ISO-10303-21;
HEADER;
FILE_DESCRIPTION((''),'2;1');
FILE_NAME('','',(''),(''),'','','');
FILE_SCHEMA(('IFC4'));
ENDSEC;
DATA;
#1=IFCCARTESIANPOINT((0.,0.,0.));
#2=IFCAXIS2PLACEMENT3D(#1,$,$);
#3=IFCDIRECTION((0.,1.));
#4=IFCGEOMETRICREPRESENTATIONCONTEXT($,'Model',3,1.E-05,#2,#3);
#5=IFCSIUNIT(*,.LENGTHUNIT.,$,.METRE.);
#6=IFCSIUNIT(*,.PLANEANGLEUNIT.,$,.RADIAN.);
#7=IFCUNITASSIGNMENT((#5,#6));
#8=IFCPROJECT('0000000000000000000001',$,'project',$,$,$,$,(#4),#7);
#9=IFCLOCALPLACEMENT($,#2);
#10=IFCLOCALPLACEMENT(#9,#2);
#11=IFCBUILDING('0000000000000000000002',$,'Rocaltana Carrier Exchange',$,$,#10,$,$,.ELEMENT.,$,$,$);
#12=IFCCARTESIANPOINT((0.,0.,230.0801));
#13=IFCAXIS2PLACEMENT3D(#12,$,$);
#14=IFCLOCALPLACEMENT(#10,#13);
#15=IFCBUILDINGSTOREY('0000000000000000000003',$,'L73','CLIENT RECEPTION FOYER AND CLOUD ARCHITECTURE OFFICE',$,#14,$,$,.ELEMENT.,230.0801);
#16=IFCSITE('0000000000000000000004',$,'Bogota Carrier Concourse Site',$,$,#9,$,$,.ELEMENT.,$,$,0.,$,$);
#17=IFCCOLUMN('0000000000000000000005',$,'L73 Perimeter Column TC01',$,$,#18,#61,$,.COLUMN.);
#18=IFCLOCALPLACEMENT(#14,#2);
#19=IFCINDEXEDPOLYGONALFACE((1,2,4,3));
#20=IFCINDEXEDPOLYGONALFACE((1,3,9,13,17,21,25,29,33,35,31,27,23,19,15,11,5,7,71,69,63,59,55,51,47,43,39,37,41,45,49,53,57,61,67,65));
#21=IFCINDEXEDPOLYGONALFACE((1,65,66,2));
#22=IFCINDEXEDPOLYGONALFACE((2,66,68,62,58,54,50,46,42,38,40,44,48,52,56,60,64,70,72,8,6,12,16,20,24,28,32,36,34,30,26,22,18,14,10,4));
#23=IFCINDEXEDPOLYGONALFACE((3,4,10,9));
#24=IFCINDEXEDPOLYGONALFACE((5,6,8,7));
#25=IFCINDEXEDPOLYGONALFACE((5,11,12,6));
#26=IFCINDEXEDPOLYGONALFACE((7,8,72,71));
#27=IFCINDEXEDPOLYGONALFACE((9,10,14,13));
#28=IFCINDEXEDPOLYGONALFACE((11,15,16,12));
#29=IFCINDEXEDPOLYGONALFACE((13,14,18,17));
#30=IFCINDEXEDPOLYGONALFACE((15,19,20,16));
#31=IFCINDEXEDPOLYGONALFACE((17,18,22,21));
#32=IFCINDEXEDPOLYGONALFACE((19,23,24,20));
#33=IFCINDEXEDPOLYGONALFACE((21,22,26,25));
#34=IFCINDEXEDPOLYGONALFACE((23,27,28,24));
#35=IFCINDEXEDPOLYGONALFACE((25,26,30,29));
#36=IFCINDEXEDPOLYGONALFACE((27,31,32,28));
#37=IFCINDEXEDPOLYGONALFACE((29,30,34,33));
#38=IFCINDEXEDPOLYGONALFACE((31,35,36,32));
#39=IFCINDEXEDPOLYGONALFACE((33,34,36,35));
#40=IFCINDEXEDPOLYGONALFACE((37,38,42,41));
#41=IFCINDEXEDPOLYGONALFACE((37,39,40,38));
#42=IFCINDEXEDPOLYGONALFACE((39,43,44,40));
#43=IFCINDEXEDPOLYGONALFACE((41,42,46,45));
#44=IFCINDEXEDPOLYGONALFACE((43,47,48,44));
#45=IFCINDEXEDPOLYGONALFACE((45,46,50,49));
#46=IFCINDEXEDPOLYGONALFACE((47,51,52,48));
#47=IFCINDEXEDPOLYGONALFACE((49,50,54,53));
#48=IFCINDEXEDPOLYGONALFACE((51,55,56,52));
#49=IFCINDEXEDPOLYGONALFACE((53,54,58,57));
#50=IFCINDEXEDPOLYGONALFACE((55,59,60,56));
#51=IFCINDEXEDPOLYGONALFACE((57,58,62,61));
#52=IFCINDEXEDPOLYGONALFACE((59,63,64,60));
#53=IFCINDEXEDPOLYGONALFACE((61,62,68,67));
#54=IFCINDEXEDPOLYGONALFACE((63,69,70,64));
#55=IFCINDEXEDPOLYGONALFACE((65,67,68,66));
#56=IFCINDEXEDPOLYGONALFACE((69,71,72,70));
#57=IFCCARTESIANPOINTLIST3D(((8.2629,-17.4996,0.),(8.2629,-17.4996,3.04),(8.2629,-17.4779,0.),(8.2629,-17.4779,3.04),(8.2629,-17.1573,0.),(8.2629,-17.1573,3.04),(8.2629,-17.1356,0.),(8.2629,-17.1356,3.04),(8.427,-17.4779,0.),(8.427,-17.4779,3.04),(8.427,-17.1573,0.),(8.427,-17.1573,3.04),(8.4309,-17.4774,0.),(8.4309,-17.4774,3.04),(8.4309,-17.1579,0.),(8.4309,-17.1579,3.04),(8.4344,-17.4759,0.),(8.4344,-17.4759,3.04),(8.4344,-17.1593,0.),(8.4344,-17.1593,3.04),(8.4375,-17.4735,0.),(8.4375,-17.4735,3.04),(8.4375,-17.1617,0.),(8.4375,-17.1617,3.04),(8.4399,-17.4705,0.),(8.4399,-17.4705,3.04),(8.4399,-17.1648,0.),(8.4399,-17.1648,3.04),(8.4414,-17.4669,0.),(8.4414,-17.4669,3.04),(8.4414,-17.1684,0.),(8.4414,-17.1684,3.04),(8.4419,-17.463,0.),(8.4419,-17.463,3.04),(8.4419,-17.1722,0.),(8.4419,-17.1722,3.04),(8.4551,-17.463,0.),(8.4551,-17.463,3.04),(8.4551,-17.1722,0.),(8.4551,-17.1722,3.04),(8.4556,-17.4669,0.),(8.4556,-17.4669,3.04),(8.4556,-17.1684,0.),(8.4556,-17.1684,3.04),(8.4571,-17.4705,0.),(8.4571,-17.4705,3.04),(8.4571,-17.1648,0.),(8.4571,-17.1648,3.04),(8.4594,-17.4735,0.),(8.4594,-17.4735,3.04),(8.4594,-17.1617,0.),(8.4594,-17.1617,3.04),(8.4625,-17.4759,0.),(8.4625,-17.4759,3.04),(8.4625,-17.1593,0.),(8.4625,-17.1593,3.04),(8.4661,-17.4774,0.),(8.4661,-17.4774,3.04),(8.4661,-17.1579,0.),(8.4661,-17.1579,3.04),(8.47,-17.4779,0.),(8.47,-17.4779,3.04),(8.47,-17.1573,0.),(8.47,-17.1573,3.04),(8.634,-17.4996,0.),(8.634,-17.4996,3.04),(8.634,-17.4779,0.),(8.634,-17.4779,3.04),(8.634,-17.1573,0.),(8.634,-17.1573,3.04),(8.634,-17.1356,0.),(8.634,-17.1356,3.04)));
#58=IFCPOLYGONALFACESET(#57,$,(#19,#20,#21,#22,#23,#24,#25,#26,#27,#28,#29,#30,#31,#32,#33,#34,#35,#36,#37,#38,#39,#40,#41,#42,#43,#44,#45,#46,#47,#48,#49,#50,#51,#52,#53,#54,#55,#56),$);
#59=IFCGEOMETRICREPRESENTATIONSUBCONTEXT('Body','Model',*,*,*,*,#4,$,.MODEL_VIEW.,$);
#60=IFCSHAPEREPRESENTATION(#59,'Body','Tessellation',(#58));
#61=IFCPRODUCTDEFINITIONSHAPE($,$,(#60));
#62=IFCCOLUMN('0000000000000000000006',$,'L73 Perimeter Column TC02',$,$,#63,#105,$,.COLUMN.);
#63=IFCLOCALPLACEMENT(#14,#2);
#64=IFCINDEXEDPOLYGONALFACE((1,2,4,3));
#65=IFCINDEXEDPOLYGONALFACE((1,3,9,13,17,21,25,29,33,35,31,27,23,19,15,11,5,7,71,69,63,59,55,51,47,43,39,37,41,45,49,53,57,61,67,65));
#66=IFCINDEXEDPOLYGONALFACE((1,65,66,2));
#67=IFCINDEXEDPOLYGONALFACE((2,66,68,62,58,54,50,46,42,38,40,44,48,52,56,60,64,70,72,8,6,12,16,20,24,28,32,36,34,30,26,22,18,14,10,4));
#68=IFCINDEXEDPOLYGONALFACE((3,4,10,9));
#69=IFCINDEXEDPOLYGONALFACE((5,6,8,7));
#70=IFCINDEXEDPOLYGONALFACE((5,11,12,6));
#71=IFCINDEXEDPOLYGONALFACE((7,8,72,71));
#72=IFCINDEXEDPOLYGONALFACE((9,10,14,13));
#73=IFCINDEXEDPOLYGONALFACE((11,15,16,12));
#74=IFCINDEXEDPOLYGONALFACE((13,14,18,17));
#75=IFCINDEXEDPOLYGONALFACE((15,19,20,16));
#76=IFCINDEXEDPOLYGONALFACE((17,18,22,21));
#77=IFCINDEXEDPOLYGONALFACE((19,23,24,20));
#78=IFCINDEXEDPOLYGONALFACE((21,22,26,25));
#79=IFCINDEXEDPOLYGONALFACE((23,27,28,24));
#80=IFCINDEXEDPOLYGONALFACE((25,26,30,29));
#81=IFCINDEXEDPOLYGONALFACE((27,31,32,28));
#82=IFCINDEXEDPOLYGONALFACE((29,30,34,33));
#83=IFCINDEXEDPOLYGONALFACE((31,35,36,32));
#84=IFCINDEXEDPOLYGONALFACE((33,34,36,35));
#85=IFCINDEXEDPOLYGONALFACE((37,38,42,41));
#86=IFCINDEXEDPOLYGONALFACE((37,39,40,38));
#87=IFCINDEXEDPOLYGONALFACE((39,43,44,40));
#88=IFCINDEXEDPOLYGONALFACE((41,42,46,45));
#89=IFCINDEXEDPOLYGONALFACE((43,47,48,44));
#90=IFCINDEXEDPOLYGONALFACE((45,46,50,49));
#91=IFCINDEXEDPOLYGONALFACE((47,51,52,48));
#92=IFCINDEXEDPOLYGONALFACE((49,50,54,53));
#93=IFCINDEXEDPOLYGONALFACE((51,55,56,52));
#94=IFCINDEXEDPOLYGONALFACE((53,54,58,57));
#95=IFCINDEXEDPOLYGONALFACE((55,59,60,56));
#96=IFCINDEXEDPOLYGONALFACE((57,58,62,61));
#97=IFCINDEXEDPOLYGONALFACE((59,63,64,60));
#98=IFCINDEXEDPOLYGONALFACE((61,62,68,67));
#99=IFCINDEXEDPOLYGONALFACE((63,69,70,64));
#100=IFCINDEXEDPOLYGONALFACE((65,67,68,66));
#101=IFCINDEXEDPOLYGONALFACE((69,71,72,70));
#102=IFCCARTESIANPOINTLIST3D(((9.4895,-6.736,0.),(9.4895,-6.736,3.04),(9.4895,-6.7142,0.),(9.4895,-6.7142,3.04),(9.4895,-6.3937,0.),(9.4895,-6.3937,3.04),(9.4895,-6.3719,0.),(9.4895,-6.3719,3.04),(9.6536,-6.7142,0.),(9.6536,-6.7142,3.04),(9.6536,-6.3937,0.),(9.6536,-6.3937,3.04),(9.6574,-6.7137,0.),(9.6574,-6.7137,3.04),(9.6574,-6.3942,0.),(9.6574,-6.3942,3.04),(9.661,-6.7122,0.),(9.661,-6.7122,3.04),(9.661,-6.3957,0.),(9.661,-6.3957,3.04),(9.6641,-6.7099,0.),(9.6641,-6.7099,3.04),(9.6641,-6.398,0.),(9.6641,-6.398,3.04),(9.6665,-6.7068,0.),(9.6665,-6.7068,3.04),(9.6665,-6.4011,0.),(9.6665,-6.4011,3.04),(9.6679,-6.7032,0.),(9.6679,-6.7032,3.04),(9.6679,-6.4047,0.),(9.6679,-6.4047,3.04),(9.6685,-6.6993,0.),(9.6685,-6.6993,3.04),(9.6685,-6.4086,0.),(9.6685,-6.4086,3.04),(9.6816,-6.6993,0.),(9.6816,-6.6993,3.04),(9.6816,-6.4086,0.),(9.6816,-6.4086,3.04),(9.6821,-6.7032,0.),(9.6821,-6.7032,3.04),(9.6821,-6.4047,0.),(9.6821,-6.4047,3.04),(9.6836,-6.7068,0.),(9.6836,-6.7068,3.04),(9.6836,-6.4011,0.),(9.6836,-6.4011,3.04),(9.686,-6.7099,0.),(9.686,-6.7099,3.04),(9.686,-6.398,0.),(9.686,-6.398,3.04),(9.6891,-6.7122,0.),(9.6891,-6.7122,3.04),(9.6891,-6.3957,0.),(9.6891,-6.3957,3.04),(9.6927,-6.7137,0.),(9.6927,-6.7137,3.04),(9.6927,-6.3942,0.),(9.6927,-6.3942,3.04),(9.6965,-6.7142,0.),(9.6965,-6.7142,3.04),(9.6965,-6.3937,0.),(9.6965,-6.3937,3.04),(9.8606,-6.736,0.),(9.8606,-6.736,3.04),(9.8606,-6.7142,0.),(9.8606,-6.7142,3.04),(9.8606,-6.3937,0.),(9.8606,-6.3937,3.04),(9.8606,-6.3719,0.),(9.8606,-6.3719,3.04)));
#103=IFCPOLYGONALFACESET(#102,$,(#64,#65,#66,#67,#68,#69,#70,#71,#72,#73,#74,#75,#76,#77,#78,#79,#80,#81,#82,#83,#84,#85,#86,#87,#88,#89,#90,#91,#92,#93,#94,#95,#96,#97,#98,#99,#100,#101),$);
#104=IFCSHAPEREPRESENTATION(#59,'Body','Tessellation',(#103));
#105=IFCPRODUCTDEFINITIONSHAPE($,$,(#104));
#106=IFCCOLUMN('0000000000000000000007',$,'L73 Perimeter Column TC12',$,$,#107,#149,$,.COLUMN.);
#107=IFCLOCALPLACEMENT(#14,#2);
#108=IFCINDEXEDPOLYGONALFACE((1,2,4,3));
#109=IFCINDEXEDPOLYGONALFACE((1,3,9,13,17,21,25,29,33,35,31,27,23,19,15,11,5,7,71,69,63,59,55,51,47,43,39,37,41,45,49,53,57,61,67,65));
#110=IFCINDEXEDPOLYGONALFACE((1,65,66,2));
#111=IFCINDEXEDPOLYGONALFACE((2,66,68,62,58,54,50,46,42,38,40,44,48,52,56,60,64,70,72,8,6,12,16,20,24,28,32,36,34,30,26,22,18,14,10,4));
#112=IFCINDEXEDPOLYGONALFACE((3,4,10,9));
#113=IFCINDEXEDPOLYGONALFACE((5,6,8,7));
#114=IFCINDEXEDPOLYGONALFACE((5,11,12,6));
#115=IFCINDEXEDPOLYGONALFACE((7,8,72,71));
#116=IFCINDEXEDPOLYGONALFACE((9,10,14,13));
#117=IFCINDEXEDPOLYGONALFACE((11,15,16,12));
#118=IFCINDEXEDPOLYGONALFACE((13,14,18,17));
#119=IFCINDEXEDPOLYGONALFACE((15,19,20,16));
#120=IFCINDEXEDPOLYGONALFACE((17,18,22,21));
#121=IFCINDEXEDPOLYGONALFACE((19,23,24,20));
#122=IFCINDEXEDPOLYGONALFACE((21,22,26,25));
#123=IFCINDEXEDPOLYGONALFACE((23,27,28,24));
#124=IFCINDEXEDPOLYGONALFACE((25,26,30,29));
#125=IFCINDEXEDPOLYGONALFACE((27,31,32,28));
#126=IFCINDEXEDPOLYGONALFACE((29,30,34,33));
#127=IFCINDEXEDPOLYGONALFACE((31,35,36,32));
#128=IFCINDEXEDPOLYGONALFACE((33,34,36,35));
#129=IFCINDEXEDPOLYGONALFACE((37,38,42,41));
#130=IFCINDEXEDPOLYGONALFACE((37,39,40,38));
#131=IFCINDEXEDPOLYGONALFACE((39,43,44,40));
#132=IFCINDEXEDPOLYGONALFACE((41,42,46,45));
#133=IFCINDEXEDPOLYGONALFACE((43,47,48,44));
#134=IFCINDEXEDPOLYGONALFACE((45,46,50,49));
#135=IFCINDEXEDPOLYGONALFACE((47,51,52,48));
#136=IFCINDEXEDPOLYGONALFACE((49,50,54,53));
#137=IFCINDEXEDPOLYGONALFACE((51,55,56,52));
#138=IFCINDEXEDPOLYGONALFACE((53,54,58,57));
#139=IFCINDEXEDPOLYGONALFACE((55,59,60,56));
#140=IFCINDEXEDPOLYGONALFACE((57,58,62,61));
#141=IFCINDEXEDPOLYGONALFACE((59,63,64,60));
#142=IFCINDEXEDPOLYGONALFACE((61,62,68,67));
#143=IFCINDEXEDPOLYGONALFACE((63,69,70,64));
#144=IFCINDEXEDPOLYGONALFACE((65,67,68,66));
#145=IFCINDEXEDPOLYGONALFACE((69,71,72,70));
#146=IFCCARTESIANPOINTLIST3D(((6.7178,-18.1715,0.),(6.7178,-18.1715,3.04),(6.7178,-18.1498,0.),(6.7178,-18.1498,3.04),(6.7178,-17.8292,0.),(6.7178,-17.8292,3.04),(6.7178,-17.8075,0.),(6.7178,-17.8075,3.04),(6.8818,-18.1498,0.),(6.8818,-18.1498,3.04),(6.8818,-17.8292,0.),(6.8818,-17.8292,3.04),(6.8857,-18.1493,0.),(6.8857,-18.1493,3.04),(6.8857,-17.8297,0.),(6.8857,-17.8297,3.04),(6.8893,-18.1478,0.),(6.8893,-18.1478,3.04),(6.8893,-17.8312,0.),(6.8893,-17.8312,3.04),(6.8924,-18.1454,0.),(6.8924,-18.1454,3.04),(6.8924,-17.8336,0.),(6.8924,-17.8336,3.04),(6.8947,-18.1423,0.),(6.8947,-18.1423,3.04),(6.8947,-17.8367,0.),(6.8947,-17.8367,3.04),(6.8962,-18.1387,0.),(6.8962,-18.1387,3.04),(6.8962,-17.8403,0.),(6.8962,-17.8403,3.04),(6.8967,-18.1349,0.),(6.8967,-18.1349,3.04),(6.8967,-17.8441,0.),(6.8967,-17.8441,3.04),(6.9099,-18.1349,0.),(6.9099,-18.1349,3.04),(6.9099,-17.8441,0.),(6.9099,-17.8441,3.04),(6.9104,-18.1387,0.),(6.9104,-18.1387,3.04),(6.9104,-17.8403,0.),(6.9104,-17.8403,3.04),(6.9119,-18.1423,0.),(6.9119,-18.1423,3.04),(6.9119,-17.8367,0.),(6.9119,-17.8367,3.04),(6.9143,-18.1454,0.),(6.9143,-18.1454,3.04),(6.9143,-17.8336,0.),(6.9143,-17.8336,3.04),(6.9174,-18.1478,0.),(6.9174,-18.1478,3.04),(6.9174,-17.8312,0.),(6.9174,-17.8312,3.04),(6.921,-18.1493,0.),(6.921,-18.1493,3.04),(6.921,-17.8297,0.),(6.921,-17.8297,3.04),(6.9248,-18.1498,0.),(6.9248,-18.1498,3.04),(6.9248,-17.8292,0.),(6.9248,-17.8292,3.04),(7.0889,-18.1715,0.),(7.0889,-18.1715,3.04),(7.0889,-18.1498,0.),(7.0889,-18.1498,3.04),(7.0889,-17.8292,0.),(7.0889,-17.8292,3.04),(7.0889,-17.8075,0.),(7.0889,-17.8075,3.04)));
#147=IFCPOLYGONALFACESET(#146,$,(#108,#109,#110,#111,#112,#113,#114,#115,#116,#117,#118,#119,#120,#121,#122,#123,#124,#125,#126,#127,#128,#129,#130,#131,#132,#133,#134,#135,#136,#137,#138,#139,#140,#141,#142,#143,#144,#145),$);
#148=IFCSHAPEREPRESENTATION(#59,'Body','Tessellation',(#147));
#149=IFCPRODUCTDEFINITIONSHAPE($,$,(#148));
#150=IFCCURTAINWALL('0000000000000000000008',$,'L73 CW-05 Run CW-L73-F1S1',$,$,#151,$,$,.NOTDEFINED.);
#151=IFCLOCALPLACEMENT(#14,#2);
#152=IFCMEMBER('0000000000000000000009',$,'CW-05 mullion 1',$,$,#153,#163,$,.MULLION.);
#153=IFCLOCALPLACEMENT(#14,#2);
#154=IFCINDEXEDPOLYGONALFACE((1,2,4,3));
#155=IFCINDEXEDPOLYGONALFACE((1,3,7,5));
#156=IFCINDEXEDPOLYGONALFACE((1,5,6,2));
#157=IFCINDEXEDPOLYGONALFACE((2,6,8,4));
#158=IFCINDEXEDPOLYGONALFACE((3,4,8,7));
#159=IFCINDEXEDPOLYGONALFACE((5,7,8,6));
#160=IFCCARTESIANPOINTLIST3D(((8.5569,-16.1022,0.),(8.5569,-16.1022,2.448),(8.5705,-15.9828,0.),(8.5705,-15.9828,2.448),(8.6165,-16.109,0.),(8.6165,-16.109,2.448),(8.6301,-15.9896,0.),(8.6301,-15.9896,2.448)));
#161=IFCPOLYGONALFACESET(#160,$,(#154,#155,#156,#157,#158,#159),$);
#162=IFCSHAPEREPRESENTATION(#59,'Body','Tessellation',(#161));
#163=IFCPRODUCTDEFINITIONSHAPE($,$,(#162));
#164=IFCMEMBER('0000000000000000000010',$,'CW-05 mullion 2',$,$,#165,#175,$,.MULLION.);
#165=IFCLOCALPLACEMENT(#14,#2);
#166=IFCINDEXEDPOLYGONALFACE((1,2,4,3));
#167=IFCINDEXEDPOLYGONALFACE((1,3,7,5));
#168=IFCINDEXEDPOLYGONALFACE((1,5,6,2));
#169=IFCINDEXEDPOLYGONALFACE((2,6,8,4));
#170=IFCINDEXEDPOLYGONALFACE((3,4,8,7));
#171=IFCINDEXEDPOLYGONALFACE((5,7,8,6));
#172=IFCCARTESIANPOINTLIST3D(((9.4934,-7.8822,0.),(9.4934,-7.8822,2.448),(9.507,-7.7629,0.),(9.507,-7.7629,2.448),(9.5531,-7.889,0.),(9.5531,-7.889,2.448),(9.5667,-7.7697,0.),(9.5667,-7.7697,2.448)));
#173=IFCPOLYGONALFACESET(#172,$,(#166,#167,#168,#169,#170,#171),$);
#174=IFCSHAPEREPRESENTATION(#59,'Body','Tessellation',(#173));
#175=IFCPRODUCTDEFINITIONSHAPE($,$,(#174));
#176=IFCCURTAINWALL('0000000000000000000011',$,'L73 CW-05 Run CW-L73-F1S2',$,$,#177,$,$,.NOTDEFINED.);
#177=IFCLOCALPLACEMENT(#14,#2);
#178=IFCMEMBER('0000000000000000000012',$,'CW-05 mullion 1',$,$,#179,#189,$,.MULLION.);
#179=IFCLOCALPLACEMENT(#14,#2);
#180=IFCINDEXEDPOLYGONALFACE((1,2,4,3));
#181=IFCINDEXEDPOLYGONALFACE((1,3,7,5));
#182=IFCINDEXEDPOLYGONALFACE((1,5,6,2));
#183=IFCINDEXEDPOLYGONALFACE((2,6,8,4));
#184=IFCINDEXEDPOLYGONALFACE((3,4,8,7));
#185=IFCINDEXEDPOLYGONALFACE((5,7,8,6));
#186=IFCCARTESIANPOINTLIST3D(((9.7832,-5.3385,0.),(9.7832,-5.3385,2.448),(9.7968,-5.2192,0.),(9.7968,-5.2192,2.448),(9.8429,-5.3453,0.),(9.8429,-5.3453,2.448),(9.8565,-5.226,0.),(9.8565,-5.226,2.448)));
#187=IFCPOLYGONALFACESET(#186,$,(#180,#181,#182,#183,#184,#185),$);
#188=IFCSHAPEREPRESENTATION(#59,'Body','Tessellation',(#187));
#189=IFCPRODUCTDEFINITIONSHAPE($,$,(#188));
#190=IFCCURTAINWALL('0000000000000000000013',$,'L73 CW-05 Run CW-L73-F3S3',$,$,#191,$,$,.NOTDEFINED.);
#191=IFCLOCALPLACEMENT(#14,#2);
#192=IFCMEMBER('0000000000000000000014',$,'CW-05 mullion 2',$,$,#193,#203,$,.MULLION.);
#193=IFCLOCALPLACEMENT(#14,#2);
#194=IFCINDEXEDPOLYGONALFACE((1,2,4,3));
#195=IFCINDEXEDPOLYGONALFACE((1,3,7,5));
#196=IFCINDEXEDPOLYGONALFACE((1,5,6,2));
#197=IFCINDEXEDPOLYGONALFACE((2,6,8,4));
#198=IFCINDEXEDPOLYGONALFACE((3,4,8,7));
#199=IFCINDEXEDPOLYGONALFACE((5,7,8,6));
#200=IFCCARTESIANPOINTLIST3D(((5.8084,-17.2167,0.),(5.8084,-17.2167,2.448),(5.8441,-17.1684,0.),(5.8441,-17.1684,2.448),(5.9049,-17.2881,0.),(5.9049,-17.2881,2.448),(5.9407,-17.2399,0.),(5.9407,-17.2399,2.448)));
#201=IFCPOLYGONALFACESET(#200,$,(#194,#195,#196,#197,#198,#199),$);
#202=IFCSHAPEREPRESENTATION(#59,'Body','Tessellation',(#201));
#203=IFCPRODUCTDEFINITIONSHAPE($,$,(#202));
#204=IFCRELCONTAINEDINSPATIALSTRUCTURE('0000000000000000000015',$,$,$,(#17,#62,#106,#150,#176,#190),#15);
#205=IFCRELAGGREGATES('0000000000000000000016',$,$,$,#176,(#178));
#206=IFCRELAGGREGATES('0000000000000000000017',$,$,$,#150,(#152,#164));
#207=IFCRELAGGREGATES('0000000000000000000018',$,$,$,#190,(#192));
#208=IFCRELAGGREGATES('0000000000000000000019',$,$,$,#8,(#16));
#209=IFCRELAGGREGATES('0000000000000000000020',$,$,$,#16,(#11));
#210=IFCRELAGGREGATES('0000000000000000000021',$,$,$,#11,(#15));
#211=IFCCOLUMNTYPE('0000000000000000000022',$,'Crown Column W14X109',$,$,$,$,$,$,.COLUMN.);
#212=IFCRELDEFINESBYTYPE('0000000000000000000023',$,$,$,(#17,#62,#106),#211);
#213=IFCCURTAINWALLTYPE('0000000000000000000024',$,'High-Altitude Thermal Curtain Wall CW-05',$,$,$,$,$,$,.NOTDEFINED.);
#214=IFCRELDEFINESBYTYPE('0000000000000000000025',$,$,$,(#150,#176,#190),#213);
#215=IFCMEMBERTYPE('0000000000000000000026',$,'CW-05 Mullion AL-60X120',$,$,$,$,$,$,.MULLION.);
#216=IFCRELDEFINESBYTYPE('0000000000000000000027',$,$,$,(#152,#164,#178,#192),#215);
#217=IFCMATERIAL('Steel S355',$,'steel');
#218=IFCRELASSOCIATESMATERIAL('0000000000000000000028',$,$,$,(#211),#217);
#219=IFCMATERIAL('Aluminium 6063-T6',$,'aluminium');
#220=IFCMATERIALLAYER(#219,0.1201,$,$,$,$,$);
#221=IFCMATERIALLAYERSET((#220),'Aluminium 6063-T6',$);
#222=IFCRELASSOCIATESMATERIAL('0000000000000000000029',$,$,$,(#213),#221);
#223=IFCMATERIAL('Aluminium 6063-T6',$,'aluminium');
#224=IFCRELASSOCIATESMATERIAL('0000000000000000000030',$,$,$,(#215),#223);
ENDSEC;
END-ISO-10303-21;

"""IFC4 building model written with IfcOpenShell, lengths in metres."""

from ifc_helpers import new_model, si_unit, direction, frame, origin, origin_2d, place, context, subcontext, project, spatial, rectangle, i_section, extrude, material, layer, layer_set, material_profile, profile_set, type_object, element, aggregate, save


model = new_model("IFC4")

# Units and contexts
model_context = context("Model", 3, precision=1e-05, world=origin(), true_north=direction((0.0, 1.0)))
body_context = subcontext(model_context, "Body", "Model", "MODEL_VIEW")
ifc_project = project(units=[si_unit("LENGTHUNIT", "METRE"), si_unit("PLANEANGLEUNIT", "RADIAN")], contexts=[model_context])

# Site, building, storey
site_placement = place(None, origin())
site = spatial("IfcSite", under=ifc_project, at=site_placement, Name="Bogota Carrier Concourse Site", CompositionType="ELEMENT", RefElevation=0.0)
building_placement = place(site_placement, origin())
building = spatial("IfcBuilding", under=site, at=building_placement, Name="Rocaltana Carrier Exchange", CompositionType="ELEMENT")
storey_placement = place(building_placement, frame((0.0, 0.0, 230.0801)))
storey = spatial("IfcBuildingStorey", under=building, at=storey_placement, Name="L73", Description="CLIENT RECEPTION FOYER AND CLOUD ARCHITECTURE OFFICE", CompositionType="ELEMENT", Elevation=230.0801)

# Columns
ifc_material_1 = material(Name="Steel S355", Category="steel")
ifc_material_profile_1 = material_profile(ifc_material_1, i_section(OverallWidth=0.3711, OverallDepth=0.364, WebThickness=0.0132, FlangeThickness=0.0217, FilletRadius=0.0149, at=origin_2d()), Name="W14X109")
ifc_profile_set_1 = profile_set([ifc_material_profile_1], Name="Steel S355")
column_type = type_object("IfcColumnType", Name="Crown Column W14X109", PredefinedType="COLUMN", material=ifc_profile_set_1)
for number, where, z_axis, x_axis, name in (
    (1, (8.4485, -17.3176, 0.0), (0.0, 0.0, 1.0), (1.0, 0.0, 0.0), "L73 Perimeter Column TC01"),
    (2, (9.675, -6.554, 0.0), (0.0, 0.0, 1.0), (1.0, 0.0, 0.0), "L73 Perimeter Column TC02"),
    (3, (6.9033, -17.9895, 0.0), (0.0, 0.0, 1.0), (1.0, 0.0, 0.0), "L73 Perimeter Column TC12"),
):
    element("IfcColumn", number, at=place(storey_placement, frame(where, z_axis=z_axis, x_axis=x_axis)), inside=storey, type_object=column_type, Name=name, PredefinedType="COLUMN", context=body_context, shape_type="SweptSolid", body=[
        extrude(i_section(OverallWidth=0.3711, OverallDepth=0.364, WebThickness=0.0132, FlangeThickness=0.0217, FilletRadius=0.0149, at=origin_2d()), origin(), (0.0, 0.0, 1.0), 3.04),
    ])

# Curtain wall, members
ifc_material_2 = material(Name="Aluminium 6063-T6", Category="aluminium")
ifc_layer_1 = layer(ifc_material_2, 0.1201)
ifc_layer_set_1 = layer_set([ifc_layer_1], Name="Aluminium 6063-T6")
curtain_wall_type = type_object("IfcCurtainWallType", Name="High-Altitude Thermal Curtain Wall CW-05", PredefinedType="NOTDEFINED", material=ifc_layer_set_1)
curtain_wall_1_placement = place(storey_placement, origin())
curtain_wall_1 = element("IfcCurtainWall", 4, at=curtain_wall_1_placement, inside=storey, type_object=curtain_wall_type, Name="L73 CW-05 Run CW-L73-F1S1", PredefinedType="NOTDEFINED")
ifc_material_3 = material(Name="Aluminium 6063-T6", Category="aluminium")
ifc_material_profile_2 = material_profile(ifc_material_3, rectangle(XDim=0.0601, YDim=0.1201, at=origin_2d()), Name="AL-60X120")
ifc_profile_set_2 = profile_set([ifc_material_profile_2], Name="Aluminium 6063-T6")
member_type_1 = type_object("IfcMemberType", Name="CW-05 Mullion AL-60X120", PredefinedType="MULLION", material=ifc_profile_set_2)
member_1_placement = place(storey_placement, frame((8.5935, -16.0459, 0.0), z_axis=(0.0, 0.0, 1.0), x_axis=(-0.993571, 0.113209, 0.0)))
member_1 = element("IfcMember", 5, at=member_1_placement, type_object=member_type_1, Name="CW-05 mullion 1", PredefinedType="MULLION", context=body_context, shape_type="SweptSolid", body=[
    extrude(rectangle(XDim=0.0601, YDim=0.1201, at=origin_2d()), origin(), (0.0, 0.0, 1.0), 2.448),
])
member_2_placement = place(storey_placement, frame((9.53, -7.8259, 0.0), z_axis=(0.0, 0.0, 1.0), x_axis=(-0.993571, 0.113209, 0.0)))
member_2 = element("IfcMember", 6, at=member_2_placement, type_object=member_type_1, Name="CW-05 mullion 2", PredefinedType="MULLION", context=body_context, shape_type="SweptSolid", body=[
    extrude(rectangle(XDim=0.0601, YDim=0.1201, at=origin_2d()), origin(), (0.0, 0.0, 1.0), 2.448),
])

# Curtain walls, members
curtain_wall_2_placement = place(storey_placement, origin())
curtain_wall_2 = element("IfcCurtainWall", 7, at=curtain_wall_2_placement, inside=storey, type_object=curtain_wall_type, Name="L73 CW-05 Run CW-L73-F1S2", PredefinedType="NOTDEFINED")
member_3_placement = place(storey_placement, frame((9.8198, -5.2822, 0.0), z_axis=(0.0, 0.0, 1.0), x_axis=(-0.993571, 0.113209, 0.0)))
member_3 = element("IfcMember", 8, at=member_3_placement, type_object=member_type_1, Name="CW-05 mullion 1", PredefinedType="MULLION", context=body_context, shape_type="SweptSolid", body=[
    extrude(rectangle(XDim=0.0601, YDim=0.1201, at=origin_2d()), origin(), (0.0, 0.0, 1.0), 2.448),
])
aggregate(curtain_wall_2, [member_3])
curtain_wall_3_placement = place(storey_placement, origin())
curtain_wall_3 = element("IfcCurtainWall", 9, at=curtain_wall_3_placement, inside=storey, type_object=curtain_wall_type, Name="L73 CW-05 Run CW-L73-F3S3", PredefinedType="NOTDEFINED")
member_4_placement = place(storey_placement, frame((5.8745, -17.2283, 0.0), z_axis=(0.0, 0.0, 1.0), x_axis=(0.594827, 0.803854, 0.0)))
member_4 = element("IfcMember", 10, at=member_4_placement, type_object=member_type_1, Name="CW-05 mullion 2", PredefinedType="MULLION", context=body_context, shape_type="SweptSolid", body=[
    extrude(rectangle(XDim=0.0601, YDim=0.1201, at=origin_2d()), origin(), (0.0, 0.0, 1.0), 2.448),
])

aggregate(curtain_wall_1, [member_1, member_2])
aggregate(curtain_wall_3, [member_4])

save(model, "model.ifc")
